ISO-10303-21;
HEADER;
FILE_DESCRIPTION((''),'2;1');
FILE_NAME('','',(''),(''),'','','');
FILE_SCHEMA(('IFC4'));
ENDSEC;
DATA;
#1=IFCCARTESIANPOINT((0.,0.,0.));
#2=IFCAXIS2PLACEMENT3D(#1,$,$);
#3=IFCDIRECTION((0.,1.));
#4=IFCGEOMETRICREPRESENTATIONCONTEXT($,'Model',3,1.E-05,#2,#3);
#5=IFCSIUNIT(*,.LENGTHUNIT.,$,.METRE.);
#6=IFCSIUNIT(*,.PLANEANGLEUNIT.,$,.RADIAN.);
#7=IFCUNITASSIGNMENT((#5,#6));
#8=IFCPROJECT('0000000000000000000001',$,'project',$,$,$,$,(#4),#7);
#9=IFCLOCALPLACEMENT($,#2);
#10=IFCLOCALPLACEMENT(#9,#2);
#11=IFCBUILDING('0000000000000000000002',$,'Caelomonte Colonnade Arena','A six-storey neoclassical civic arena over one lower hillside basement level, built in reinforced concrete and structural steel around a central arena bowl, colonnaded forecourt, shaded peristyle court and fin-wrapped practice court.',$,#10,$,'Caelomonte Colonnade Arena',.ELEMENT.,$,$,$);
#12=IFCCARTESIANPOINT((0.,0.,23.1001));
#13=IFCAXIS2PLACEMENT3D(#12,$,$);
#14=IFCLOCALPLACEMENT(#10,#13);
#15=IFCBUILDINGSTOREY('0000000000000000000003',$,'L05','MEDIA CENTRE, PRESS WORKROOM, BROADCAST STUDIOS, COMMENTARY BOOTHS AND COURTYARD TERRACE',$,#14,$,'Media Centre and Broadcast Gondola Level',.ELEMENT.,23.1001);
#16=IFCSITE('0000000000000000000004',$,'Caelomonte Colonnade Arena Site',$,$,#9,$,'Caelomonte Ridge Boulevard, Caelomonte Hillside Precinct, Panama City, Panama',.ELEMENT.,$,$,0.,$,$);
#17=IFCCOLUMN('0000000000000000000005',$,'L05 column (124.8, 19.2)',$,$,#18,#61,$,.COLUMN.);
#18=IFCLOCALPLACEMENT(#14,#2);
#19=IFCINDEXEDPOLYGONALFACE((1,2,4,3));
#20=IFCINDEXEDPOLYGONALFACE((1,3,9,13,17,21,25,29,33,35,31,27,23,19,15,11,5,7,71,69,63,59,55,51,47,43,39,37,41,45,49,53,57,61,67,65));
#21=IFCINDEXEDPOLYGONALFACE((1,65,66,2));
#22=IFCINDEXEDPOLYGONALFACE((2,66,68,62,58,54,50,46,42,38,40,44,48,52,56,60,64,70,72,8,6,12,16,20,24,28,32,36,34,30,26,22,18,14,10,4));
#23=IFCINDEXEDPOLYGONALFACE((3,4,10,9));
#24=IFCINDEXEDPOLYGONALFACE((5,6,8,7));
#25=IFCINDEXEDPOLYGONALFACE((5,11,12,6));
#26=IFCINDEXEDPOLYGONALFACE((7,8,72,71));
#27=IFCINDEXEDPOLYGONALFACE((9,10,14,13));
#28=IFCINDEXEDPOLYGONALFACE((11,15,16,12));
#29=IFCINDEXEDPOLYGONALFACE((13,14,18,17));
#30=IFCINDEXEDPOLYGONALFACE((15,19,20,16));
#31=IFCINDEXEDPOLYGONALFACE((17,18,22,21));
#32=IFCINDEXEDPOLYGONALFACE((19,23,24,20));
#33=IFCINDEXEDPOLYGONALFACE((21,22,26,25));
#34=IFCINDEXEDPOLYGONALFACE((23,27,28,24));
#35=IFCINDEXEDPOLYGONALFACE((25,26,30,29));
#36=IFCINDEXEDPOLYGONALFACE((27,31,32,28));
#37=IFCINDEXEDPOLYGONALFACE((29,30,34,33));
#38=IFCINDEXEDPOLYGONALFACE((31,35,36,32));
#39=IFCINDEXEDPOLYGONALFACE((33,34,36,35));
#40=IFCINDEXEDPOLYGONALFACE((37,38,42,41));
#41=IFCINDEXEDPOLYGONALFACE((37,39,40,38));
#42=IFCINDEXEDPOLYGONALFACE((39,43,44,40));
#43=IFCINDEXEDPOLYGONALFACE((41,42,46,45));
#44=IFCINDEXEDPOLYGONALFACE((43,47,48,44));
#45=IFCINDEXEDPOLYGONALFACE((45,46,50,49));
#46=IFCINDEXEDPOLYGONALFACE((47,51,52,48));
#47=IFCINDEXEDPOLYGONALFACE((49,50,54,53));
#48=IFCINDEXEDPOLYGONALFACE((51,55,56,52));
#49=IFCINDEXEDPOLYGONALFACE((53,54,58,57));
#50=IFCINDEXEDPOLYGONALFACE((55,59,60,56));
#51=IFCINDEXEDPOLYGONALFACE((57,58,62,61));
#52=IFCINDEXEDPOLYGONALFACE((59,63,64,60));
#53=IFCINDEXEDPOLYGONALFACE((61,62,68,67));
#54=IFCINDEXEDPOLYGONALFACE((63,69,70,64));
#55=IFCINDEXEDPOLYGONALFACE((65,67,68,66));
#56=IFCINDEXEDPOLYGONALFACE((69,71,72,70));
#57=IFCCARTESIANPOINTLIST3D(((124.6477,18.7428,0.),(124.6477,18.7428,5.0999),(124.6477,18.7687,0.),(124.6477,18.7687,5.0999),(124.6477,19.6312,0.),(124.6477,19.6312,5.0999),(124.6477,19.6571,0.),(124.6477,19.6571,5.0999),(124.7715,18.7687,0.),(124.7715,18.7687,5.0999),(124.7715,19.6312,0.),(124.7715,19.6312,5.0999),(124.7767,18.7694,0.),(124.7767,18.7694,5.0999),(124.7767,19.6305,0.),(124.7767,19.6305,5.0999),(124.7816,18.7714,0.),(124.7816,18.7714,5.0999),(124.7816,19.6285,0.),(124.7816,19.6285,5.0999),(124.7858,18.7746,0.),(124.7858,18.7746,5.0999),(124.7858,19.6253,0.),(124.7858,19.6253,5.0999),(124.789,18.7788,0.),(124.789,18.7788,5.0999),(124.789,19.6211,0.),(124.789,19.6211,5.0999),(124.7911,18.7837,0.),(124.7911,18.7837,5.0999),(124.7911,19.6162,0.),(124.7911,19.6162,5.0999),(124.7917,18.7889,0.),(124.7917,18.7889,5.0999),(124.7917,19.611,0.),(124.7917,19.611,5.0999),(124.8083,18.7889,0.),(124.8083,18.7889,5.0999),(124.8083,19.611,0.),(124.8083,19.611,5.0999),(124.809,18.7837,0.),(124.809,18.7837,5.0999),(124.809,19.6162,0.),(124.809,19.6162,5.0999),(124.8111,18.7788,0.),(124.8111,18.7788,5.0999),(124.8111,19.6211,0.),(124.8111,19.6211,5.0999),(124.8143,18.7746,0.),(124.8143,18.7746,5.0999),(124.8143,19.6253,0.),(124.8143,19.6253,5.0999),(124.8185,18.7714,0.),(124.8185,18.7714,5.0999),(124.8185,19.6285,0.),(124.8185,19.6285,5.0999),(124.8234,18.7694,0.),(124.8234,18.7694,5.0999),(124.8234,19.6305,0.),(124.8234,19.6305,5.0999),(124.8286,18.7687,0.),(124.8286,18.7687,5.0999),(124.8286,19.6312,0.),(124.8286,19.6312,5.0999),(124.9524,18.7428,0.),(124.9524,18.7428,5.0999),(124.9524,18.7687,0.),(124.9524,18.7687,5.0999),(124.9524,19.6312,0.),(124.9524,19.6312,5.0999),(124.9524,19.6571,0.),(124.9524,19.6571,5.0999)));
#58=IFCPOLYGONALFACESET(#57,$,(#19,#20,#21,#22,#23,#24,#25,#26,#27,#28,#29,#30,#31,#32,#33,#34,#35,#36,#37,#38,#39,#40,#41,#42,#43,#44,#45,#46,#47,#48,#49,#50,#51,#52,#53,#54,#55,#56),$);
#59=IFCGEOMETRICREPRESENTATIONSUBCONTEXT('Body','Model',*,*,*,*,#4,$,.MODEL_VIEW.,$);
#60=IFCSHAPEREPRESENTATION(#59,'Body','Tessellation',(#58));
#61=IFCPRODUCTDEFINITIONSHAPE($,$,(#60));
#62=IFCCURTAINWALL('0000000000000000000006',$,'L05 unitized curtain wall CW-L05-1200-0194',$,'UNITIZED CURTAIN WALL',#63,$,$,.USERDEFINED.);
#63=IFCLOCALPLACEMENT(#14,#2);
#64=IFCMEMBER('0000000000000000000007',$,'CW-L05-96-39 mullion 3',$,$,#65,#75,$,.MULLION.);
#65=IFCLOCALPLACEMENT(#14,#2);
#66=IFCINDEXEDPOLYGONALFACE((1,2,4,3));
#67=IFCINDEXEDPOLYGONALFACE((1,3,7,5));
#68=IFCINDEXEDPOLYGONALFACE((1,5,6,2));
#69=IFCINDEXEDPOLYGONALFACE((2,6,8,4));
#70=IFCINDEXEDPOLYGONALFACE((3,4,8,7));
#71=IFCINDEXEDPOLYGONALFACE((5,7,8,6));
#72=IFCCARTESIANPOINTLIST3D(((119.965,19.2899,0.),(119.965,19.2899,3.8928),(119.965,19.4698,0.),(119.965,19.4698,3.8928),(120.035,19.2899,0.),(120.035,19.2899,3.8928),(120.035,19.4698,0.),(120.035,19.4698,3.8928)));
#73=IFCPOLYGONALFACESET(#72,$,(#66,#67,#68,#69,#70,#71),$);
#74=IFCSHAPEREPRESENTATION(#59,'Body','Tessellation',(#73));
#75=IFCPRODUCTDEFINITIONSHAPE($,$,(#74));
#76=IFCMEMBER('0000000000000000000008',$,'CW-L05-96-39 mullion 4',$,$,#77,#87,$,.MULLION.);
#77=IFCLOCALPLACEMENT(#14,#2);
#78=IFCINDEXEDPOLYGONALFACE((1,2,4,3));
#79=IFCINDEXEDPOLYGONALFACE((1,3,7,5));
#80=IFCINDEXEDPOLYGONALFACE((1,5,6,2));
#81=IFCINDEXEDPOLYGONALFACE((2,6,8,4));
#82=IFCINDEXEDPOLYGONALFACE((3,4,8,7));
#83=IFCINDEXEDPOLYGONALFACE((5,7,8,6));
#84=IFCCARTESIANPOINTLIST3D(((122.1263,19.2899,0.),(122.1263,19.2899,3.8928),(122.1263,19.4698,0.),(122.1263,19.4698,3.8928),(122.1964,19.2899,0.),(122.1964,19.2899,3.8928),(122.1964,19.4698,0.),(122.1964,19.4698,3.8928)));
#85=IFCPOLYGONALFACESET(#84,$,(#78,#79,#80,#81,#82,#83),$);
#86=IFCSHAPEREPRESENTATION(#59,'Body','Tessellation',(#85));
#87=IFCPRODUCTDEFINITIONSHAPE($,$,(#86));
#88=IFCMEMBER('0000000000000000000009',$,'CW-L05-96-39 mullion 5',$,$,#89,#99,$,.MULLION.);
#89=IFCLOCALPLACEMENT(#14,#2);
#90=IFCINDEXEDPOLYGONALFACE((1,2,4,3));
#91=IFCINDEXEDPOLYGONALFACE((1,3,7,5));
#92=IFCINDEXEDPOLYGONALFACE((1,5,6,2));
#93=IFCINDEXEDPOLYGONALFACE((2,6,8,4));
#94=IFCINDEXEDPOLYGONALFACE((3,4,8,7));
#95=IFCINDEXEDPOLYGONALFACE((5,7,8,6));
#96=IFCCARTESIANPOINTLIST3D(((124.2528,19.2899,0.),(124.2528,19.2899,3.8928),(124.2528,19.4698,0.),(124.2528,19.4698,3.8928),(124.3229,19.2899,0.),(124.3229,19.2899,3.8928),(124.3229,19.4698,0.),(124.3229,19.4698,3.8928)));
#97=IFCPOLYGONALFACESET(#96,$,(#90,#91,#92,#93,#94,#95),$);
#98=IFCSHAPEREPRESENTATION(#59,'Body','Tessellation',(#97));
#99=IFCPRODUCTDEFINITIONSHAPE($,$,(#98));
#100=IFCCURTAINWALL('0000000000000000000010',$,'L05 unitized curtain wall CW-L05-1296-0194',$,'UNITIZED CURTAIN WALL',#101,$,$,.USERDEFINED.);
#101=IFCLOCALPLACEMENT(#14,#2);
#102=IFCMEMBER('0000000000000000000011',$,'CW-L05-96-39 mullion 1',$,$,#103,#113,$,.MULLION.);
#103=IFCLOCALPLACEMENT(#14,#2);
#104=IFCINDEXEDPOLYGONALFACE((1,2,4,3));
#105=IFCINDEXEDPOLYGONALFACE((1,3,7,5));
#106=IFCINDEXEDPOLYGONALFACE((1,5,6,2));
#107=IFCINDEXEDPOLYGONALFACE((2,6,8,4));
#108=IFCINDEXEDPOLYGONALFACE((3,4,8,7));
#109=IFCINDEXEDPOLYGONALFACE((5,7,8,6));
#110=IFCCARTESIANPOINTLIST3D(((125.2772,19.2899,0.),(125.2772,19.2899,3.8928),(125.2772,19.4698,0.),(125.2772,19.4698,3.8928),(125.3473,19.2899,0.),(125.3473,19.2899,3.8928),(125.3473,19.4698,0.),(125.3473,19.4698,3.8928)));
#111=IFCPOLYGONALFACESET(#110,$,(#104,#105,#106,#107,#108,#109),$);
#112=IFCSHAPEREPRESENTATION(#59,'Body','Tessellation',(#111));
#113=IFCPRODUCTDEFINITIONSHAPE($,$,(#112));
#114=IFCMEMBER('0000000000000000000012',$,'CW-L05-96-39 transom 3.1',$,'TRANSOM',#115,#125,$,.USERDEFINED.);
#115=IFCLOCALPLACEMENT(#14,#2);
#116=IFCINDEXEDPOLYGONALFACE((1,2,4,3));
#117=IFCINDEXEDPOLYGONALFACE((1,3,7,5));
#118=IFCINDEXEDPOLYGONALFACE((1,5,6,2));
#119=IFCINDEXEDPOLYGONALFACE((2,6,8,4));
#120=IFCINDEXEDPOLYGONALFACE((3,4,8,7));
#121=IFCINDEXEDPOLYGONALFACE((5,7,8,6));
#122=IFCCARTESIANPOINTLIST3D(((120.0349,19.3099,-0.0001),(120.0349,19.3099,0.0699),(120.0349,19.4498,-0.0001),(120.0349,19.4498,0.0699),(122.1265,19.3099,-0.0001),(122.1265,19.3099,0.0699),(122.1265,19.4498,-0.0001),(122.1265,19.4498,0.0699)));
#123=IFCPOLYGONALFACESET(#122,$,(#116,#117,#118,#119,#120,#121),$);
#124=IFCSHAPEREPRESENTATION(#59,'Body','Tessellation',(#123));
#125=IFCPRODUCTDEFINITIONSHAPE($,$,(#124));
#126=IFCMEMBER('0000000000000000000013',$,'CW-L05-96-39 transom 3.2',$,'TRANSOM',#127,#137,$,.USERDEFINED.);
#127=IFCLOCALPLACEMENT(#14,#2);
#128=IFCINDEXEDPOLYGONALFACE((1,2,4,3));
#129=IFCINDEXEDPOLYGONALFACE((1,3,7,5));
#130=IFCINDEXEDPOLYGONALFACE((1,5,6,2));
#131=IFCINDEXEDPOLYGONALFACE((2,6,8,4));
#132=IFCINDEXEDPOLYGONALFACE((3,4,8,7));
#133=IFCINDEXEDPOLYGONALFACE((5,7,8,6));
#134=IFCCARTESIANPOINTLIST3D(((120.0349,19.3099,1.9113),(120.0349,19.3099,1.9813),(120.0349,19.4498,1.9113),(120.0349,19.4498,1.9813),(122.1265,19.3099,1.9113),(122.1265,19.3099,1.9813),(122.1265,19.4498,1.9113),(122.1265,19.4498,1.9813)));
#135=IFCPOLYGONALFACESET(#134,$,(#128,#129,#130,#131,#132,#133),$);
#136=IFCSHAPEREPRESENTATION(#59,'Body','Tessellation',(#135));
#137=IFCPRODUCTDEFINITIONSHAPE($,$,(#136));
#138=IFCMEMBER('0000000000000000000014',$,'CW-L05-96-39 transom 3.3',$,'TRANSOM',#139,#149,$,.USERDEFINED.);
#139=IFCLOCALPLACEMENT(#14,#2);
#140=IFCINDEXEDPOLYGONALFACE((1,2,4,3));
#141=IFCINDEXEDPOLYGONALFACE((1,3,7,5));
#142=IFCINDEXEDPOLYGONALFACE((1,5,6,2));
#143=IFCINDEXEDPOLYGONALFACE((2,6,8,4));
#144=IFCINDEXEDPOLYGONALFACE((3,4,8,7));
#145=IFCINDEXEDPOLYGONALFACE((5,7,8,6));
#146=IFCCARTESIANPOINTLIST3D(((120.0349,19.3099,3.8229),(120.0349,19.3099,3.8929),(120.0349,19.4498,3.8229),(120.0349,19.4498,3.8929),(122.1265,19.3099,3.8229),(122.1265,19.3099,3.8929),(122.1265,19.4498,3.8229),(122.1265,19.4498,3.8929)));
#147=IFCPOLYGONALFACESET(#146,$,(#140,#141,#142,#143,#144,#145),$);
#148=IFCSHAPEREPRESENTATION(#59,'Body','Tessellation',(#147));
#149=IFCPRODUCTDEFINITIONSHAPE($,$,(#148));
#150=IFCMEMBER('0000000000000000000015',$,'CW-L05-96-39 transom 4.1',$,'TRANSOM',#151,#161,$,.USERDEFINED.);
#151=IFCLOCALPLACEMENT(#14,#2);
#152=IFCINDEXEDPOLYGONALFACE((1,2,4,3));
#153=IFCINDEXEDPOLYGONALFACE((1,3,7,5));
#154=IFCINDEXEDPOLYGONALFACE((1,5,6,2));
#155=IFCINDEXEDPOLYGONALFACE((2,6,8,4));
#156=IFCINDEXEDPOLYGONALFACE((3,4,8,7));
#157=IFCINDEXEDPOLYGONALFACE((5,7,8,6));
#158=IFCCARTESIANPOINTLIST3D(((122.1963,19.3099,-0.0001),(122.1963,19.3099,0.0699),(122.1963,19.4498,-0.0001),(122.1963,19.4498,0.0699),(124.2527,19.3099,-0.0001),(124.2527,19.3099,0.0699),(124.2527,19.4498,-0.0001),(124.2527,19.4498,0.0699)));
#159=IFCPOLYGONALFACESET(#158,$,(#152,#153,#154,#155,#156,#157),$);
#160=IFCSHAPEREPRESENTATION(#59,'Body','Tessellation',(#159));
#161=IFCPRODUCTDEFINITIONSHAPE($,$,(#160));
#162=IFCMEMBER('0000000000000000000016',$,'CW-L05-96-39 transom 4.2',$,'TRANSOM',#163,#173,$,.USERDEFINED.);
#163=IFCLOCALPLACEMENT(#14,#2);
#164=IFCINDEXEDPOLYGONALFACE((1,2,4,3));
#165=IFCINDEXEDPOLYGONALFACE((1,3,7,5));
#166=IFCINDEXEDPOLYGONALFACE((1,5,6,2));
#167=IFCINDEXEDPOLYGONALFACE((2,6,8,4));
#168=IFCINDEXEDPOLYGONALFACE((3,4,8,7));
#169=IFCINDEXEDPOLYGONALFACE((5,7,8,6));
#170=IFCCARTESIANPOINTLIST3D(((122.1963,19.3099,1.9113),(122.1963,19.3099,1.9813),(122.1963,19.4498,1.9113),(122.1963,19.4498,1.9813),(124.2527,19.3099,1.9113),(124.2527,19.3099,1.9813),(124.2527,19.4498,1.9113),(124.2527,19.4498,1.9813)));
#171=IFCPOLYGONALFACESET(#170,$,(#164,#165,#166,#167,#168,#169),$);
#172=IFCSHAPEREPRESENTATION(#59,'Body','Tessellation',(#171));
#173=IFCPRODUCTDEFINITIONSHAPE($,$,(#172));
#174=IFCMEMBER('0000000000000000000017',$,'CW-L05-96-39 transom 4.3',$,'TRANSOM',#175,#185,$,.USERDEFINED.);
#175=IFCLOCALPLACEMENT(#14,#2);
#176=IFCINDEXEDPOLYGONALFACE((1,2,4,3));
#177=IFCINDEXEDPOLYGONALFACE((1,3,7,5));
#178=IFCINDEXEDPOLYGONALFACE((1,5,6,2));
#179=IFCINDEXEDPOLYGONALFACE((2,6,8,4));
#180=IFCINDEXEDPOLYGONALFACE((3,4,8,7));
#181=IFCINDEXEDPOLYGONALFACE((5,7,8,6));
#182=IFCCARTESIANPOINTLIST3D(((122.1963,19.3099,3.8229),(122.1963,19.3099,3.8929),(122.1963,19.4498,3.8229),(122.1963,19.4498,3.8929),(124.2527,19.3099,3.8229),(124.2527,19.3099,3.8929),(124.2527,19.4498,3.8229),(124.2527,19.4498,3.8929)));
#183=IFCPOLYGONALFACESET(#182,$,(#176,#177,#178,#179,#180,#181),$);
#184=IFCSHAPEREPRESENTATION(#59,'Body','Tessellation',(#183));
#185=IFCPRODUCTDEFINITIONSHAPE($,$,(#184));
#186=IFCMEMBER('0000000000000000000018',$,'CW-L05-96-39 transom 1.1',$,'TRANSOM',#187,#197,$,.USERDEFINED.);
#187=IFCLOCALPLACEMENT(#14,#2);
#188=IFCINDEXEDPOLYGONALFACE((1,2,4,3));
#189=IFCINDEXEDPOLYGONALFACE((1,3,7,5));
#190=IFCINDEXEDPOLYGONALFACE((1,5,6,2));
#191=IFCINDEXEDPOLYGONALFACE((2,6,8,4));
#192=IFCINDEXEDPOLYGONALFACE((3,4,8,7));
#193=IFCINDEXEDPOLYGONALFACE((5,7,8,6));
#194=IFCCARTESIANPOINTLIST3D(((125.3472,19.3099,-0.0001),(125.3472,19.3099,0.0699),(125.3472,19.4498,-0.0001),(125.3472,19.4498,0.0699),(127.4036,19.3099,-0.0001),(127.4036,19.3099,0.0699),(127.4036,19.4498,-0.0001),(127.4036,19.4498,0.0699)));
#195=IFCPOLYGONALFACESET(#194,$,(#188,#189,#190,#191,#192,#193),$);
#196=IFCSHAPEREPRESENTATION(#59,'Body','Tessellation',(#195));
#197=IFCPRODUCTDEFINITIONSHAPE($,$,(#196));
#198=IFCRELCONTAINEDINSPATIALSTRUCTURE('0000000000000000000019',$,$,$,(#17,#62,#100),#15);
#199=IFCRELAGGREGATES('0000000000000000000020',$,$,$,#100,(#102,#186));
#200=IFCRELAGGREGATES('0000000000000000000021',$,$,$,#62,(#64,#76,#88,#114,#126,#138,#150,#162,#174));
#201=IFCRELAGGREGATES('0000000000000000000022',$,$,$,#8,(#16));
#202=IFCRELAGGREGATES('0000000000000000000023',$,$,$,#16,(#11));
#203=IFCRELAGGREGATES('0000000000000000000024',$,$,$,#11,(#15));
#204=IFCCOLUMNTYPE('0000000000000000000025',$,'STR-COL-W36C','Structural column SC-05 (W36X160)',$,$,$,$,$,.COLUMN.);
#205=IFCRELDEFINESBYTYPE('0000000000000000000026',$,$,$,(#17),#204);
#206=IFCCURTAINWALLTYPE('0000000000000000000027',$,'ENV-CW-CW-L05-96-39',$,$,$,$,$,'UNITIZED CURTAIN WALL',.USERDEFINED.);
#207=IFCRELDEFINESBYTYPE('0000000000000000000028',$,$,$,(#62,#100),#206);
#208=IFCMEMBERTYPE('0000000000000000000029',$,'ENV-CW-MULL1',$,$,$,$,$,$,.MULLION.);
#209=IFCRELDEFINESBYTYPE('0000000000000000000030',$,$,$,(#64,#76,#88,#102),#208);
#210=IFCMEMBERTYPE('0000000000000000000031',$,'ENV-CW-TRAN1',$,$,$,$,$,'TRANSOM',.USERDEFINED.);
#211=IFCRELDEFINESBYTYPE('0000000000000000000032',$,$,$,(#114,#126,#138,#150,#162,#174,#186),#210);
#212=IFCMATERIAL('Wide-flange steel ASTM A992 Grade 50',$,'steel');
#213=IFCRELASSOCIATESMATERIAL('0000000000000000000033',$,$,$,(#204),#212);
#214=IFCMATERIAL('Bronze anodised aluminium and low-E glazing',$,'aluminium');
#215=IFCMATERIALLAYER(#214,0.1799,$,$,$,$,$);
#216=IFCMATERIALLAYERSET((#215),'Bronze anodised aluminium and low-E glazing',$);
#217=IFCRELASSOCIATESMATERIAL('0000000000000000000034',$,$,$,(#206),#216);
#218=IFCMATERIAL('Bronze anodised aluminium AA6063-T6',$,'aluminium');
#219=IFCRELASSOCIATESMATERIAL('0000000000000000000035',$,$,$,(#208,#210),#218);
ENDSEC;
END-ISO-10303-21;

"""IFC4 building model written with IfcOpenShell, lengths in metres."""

from ifc_helpers import new_model, si_unit, direction, frame, origin, origin_2d, place, context, subcontext, project, spatial, rectangle, i_section, extrude, material, layer, layer_set, material_profile, profile_set, type_object, element, aggregate, save


model = new_model("IFC4")

# Units and contexts
model_context = context("Model", 3, precision=1e-05, world=origin(), true_north=direction((0.0, 1.0)))
body_context = subcontext(model_context, "Body", "Model", "MODEL_VIEW")
ifc_project = project(units=[si_unit("LENGTHUNIT", "METRE"), si_unit("PLANEANGLEUNIT", "RADIAN")], contexts=[model_context])

# Site, building, storey
site_placement = place(None, origin())
site = spatial("IfcSite", under=ifc_project, at=site_placement, Name="Caelomonte Colonnade Arena Site", LongName="Caelomonte Ridge Boulevard, Caelomonte Hillside Precinct, Panama City, Panama", CompositionType="ELEMENT", RefElevation=0.0)
building_placement = place(site_placement, origin())
building = spatial("IfcBuilding", under=site, at=building_placement, Name="Caelomonte Colonnade Arena", Description="A six-storey neoclassical civic arena over one lower hillside basement level, built in reinforced concrete and structural steel around a central arena bowl, colonnaded forecourt, shaded peristyle court and fin-wrapped practice court.", LongName="Caelomonte Colonnade Arena", CompositionType="ELEMENT")
storey_placement = place(building_placement, frame((0.0, 0.0, 23.1001)))
storey = spatial("IfcBuildingStorey", under=building, at=storey_placement, Name="L05", Description="MEDIA CENTRE, PRESS WORKROOM, BROADCAST STUDIOS, COMMENTARY BOOTHS AND COURTYARD TERRACE", LongName="Media Centre and Broadcast Gondola Level", CompositionType="ELEMENT", Elevation=23.1001)

# Column
ifc_material_1 = material(Name="Wide-flange steel ASTM A992 Grade 50", Category="steel")
ifc_material_profile_1 = material_profile(ifc_material_1, i_section(OverallWidth=0.3047, OverallDepth=0.9143, WebThickness=0.0166, FlangeThickness=0.0259, FilletRadius=0.0203, at=origin_2d()), Name="W36X160")
ifc_profile_set_1 = profile_set([ifc_material_profile_1], Name="Wide-flange steel ASTM A992 Grade 50")
column_type = type_object("IfcColumnType", Name="STR-COL-W36C", Description="Structural column SC-05 (W36X160)", PredefinedType="COLUMN", material=ifc_profile_set_1)
column_placement = place(storey_placement, frame((124.8, 19.2, 0.0), z_axis=(0.0, 0.0, 1.0), x_axis=(1.0, 0.0, 0.0)))
element("IfcColumn", 1, at=column_placement, inside=storey, type_object=column_type, Name="L05 column (124.8, 19.2)", PredefinedType="COLUMN", context=body_context, shape_type="SweptSolid", body=[
    extrude(i_section(OverallWidth=0.3047, OverallDepth=0.9143, WebThickness=0.0166, FlangeThickness=0.0259, FilletRadius=0.0203, at=origin_2d()), origin(), (0.0, 0.0, 1.0), 5.0999),
])

# Curtain wall, members
ifc_material_2 = material(Name="Bronze anodised aluminium and low-E glazing", Category="aluminium")
ifc_layer_1 = layer(ifc_material_2, 0.1799)
ifc_layer_set_1 = layer_set([ifc_layer_1], Name="Bronze anodised aluminium and low-E glazing")
curtain_wall_type = type_object("IfcCurtainWallType", Name="ENV-CW-CW-L05-96-39", ElementType="UNITIZED CURTAIN WALL", PredefinedType="USERDEFINED", material=ifc_layer_set_1)
curtain_wall_1_placement = place(storey_placement, origin())
curtain_wall_1 = element("IfcCurtainWall", 2, at=curtain_wall_1_placement, inside=storey, type_object=curtain_wall_type, Name="L05 unitized curtain wall CW-L05-1200-0194", ObjectType="UNITIZED CURTAIN WALL", PredefinedType="USERDEFINED")
ifc_material_3 = material(Name="Bronze anodised aluminium AA6063-T6", Category="aluminium")
ifc_material_profile_2 = material_profile(ifc_material_3, rectangle(XDim=0.0701, YDim=0.1799, at=origin_2d()), Name="CWM-70X180")
ifc_profile_set_2 = profile_set([ifc_material_profile_2], Name="Bronze anodised aluminium AA6063-T6")
member_type_1 = type_object("IfcMemberType", Name="ENV-CW-MULL1", PredefinedType="MULLION", material=ifc_profile_set_2)
member_1_placement = place(storey_placement, frame((120.0, 19.3799, 0.0), z_axis=(0.0, 0.0, 1.0), x_axis=(1.0, 0.0, 0.0)))
member_1 = element("IfcMember", 3, at=member_1_placement, type_object=member_type_1, Name="CW-L05-96-39 mullion 3", PredefinedType="MULLION", context=body_context, shape_type="SweptSolid", body=[
    extrude(rectangle(XDim=0.0701, YDim=0.1799, at=origin_2d()), origin(), (0.0, 0.0, 1.0), 3.8928),
])
member_2_placement = place(storey_placement, frame((122.1614, 19.3799, 0.0), z_axis=(0.0, 0.0, 1.0), x_axis=(1.0, 0.0, 0.0)))
member_2 = element("IfcMember", 4, at=member_2_placement, type_object=member_type_1, Name="CW-L05-96-39 mullion 4", PredefinedType="MULLION", context=body_context, shape_type="SweptSolid", body=[
    extrude(rectangle(XDim=0.0701, YDim=0.1799, at=origin_2d()), origin(), (0.0, 0.0, 1.0), 3.8928),
])
member_3_placement = place(storey_placement, frame((124.2878, 19.3799, 0.0), z_axis=(0.0, 0.0, 1.0), x_axis=(1.0, 0.0, 0.0)))
member_3 = element("IfcMember", 5, at=member_3_placement, type_object=member_type_1, Name="CW-L05-96-39 mullion 5", PredefinedType="MULLION", context=body_context, shape_type="SweptSolid", body=[
    extrude(rectangle(XDim=0.0701, YDim=0.1799, at=origin_2d()), origin(), (0.0, 0.0, 1.0), 3.8928),
])

# Curtain wall, member
curtain_wall_2_placement = place(storey_placement, origin())
curtain_wall_2 = element("IfcCurtainWall", 6, at=curtain_wall_2_placement, inside=storey, type_object=curtain_wall_type, Name="L05 unitized curtain wall CW-L05-1296-0194", ObjectType="UNITIZED CURTAIN WALL", PredefinedType="USERDEFINED")
member_4_placement = place(storey_placement, frame((125.3123, 19.3799, 0.0), z_axis=(0.0, 0.0, 1.0), x_axis=(1.0, 0.0, 0.0)))
member_4 = element("IfcMember", 7, at=member_4_placement, type_object=member_type_1, Name="CW-L05-96-39 mullion 1", PredefinedType="MULLION", context=body_context, shape_type="SweptSolid", body=[
    extrude(rectangle(XDim=0.0701, YDim=0.1799, at=origin_2d()), origin(), (0.0, 0.0, 1.0), 3.8928),
])

# Members
ifc_material_profile_3 = material_profile(ifc_material_3, rectangle(XDim=0.0701, YDim=0.1399, at=origin_2d()), Name="CWT-70X140")
ifc_profile_set_3 = profile_set([ifc_material_profile_3], Name="Bronze anodised aluminium AA6063-T6")
member_type_2 = type_object("IfcMemberType", Name="ENV-CW-TRAN1", ElementType="TRANSOM", PredefinedType="USERDEFINED", material=ifc_profile_set_3)
member_5_placement = place(storey_placement, frame((120.0349, 19.3799, 0.0349), z_axis=(1.0, 0.0, 0.0), x_axis=(0.0, 0.0, 1.0)))
member_5 = element("IfcMember", 8, at=member_5_placement, type_object=member_type_2, Name="CW-L05-96-39 transom 3.1", ObjectType="TRANSOM", PredefinedType="USERDEFINED", context=body_context, shape_type="SweptSolid", body=[
    extrude(rectangle(XDim=0.0701, YDim=0.1399, at=origin_2d()), origin(), (0.0, 0.0, 1.0), 2.0916),
])
member_6_placement = place(storey_placement, frame((120.0349, 19.3799, 1.9463), z_axis=(1.0, 0.0, 0.0), x_axis=(0.0, 0.0, 1.0)))
member_6 = element("IfcMember", 9, at=member_6_placement, type_object=member_type_2, Name="CW-L05-96-39 transom 3.2", ObjectType="TRANSOM", PredefinedType="USERDEFINED", context=body_context, shape_type="SweptSolid", body=[
    extrude(rectangle(XDim=0.0701, YDim=0.1399, at=origin_2d()), origin(), (0.0, 0.0, 1.0), 2.0916),
])
member_7_placement = place(storey_placement, frame((120.0349, 19.3799, 3.8579), z_axis=(1.0, 0.0, 0.0), x_axis=(0.0, 0.0, 1.0)))
member_7 = element("IfcMember", 10, at=member_7_placement, type_object=member_type_2, Name="CW-L05-96-39 transom 3.3", ObjectType="TRANSOM", PredefinedType="USERDEFINED", context=body_context, shape_type="SweptSolid", body=[
    extrude(rectangle(XDim=0.0701, YDim=0.1399, at=origin_2d()), origin(), (0.0, 0.0, 1.0), 2.0916),
])
member_8_placement = place(storey_placement, frame((122.1963, 19.3799, 0.0349), z_axis=(1.0, 0.0, 0.0), x_axis=(0.0, 0.0, 1.0)))
member_8 = element("IfcMember", 11, at=member_8_placement, type_object=member_type_2, Name="CW-L05-96-39 transom 4.1", ObjectType="TRANSOM", PredefinedType="USERDEFINED", context=body_context, shape_type="SweptSolid", body=[
    extrude(rectangle(XDim=0.0701, YDim=0.1399, at=origin_2d()), origin(), (0.0, 0.0, 1.0), 2.0564),
])
member_9_placement = place(storey_placement, frame((122.1963, 19.3799, 1.9463), z_axis=(1.0, 0.0, 0.0), x_axis=(0.0, 0.0, 1.0)))
member_9 = element("IfcMember", 12, at=member_9_placement, type_object=member_type_2, Name="CW-L05-96-39 transom 4.2", ObjectType="TRANSOM", PredefinedType="USERDEFINED", context=body_context, shape_type="SweptSolid", body=[
    extrude(rectangle(XDim=0.0701, YDim=0.1399, at=origin_2d()), origin(), (0.0, 0.0, 1.0), 2.0564),
])
member_10_placement = place(storey_placement, frame((122.1963, 19.3799, 3.8579), z_axis=(1.0, 0.0, 0.0), x_axis=(0.0, 0.0, 1.0)))
member_10 = element("IfcMember", 13, at=member_10_placement, type_object=member_type_2, Name="CW-L05-96-39 transom 4.3", ObjectType="TRANSOM", PredefinedType="USERDEFINED", context=body_context, shape_type="SweptSolid", body=[
    extrude(rectangle(XDim=0.0701, YDim=0.1399, at=origin_2d()), origin(), (0.0, 0.0, 1.0), 2.0564),
])
member_11_placement = place(storey_placement, frame((125.3472, 19.3799, 0.0349), z_axis=(1.0, 0.0, 0.0), x_axis=(0.0, 0.0, 1.0)))
member_11 = element("IfcMember", 14, at=member_11_placement, type_object=member_type_2, Name="CW-L05-96-39 transom 1.1", ObjectType="TRANSOM", PredefinedType="USERDEFINED", context=body_context, shape_type="SweptSolid", body=[
    extrude(rectangle(XDim=0.0701, YDim=0.1399, at=origin_2d()), origin(), (0.0, 0.0, 1.0), 2.0564),
])
aggregate(curtain_wall_2, [member_4, member_11])

aggregate(curtain_wall_1, [member_1, member_2, member_3, member_5, member_6, member_7, member_8, member_9, member_10])

save(model, "model.ifc")
